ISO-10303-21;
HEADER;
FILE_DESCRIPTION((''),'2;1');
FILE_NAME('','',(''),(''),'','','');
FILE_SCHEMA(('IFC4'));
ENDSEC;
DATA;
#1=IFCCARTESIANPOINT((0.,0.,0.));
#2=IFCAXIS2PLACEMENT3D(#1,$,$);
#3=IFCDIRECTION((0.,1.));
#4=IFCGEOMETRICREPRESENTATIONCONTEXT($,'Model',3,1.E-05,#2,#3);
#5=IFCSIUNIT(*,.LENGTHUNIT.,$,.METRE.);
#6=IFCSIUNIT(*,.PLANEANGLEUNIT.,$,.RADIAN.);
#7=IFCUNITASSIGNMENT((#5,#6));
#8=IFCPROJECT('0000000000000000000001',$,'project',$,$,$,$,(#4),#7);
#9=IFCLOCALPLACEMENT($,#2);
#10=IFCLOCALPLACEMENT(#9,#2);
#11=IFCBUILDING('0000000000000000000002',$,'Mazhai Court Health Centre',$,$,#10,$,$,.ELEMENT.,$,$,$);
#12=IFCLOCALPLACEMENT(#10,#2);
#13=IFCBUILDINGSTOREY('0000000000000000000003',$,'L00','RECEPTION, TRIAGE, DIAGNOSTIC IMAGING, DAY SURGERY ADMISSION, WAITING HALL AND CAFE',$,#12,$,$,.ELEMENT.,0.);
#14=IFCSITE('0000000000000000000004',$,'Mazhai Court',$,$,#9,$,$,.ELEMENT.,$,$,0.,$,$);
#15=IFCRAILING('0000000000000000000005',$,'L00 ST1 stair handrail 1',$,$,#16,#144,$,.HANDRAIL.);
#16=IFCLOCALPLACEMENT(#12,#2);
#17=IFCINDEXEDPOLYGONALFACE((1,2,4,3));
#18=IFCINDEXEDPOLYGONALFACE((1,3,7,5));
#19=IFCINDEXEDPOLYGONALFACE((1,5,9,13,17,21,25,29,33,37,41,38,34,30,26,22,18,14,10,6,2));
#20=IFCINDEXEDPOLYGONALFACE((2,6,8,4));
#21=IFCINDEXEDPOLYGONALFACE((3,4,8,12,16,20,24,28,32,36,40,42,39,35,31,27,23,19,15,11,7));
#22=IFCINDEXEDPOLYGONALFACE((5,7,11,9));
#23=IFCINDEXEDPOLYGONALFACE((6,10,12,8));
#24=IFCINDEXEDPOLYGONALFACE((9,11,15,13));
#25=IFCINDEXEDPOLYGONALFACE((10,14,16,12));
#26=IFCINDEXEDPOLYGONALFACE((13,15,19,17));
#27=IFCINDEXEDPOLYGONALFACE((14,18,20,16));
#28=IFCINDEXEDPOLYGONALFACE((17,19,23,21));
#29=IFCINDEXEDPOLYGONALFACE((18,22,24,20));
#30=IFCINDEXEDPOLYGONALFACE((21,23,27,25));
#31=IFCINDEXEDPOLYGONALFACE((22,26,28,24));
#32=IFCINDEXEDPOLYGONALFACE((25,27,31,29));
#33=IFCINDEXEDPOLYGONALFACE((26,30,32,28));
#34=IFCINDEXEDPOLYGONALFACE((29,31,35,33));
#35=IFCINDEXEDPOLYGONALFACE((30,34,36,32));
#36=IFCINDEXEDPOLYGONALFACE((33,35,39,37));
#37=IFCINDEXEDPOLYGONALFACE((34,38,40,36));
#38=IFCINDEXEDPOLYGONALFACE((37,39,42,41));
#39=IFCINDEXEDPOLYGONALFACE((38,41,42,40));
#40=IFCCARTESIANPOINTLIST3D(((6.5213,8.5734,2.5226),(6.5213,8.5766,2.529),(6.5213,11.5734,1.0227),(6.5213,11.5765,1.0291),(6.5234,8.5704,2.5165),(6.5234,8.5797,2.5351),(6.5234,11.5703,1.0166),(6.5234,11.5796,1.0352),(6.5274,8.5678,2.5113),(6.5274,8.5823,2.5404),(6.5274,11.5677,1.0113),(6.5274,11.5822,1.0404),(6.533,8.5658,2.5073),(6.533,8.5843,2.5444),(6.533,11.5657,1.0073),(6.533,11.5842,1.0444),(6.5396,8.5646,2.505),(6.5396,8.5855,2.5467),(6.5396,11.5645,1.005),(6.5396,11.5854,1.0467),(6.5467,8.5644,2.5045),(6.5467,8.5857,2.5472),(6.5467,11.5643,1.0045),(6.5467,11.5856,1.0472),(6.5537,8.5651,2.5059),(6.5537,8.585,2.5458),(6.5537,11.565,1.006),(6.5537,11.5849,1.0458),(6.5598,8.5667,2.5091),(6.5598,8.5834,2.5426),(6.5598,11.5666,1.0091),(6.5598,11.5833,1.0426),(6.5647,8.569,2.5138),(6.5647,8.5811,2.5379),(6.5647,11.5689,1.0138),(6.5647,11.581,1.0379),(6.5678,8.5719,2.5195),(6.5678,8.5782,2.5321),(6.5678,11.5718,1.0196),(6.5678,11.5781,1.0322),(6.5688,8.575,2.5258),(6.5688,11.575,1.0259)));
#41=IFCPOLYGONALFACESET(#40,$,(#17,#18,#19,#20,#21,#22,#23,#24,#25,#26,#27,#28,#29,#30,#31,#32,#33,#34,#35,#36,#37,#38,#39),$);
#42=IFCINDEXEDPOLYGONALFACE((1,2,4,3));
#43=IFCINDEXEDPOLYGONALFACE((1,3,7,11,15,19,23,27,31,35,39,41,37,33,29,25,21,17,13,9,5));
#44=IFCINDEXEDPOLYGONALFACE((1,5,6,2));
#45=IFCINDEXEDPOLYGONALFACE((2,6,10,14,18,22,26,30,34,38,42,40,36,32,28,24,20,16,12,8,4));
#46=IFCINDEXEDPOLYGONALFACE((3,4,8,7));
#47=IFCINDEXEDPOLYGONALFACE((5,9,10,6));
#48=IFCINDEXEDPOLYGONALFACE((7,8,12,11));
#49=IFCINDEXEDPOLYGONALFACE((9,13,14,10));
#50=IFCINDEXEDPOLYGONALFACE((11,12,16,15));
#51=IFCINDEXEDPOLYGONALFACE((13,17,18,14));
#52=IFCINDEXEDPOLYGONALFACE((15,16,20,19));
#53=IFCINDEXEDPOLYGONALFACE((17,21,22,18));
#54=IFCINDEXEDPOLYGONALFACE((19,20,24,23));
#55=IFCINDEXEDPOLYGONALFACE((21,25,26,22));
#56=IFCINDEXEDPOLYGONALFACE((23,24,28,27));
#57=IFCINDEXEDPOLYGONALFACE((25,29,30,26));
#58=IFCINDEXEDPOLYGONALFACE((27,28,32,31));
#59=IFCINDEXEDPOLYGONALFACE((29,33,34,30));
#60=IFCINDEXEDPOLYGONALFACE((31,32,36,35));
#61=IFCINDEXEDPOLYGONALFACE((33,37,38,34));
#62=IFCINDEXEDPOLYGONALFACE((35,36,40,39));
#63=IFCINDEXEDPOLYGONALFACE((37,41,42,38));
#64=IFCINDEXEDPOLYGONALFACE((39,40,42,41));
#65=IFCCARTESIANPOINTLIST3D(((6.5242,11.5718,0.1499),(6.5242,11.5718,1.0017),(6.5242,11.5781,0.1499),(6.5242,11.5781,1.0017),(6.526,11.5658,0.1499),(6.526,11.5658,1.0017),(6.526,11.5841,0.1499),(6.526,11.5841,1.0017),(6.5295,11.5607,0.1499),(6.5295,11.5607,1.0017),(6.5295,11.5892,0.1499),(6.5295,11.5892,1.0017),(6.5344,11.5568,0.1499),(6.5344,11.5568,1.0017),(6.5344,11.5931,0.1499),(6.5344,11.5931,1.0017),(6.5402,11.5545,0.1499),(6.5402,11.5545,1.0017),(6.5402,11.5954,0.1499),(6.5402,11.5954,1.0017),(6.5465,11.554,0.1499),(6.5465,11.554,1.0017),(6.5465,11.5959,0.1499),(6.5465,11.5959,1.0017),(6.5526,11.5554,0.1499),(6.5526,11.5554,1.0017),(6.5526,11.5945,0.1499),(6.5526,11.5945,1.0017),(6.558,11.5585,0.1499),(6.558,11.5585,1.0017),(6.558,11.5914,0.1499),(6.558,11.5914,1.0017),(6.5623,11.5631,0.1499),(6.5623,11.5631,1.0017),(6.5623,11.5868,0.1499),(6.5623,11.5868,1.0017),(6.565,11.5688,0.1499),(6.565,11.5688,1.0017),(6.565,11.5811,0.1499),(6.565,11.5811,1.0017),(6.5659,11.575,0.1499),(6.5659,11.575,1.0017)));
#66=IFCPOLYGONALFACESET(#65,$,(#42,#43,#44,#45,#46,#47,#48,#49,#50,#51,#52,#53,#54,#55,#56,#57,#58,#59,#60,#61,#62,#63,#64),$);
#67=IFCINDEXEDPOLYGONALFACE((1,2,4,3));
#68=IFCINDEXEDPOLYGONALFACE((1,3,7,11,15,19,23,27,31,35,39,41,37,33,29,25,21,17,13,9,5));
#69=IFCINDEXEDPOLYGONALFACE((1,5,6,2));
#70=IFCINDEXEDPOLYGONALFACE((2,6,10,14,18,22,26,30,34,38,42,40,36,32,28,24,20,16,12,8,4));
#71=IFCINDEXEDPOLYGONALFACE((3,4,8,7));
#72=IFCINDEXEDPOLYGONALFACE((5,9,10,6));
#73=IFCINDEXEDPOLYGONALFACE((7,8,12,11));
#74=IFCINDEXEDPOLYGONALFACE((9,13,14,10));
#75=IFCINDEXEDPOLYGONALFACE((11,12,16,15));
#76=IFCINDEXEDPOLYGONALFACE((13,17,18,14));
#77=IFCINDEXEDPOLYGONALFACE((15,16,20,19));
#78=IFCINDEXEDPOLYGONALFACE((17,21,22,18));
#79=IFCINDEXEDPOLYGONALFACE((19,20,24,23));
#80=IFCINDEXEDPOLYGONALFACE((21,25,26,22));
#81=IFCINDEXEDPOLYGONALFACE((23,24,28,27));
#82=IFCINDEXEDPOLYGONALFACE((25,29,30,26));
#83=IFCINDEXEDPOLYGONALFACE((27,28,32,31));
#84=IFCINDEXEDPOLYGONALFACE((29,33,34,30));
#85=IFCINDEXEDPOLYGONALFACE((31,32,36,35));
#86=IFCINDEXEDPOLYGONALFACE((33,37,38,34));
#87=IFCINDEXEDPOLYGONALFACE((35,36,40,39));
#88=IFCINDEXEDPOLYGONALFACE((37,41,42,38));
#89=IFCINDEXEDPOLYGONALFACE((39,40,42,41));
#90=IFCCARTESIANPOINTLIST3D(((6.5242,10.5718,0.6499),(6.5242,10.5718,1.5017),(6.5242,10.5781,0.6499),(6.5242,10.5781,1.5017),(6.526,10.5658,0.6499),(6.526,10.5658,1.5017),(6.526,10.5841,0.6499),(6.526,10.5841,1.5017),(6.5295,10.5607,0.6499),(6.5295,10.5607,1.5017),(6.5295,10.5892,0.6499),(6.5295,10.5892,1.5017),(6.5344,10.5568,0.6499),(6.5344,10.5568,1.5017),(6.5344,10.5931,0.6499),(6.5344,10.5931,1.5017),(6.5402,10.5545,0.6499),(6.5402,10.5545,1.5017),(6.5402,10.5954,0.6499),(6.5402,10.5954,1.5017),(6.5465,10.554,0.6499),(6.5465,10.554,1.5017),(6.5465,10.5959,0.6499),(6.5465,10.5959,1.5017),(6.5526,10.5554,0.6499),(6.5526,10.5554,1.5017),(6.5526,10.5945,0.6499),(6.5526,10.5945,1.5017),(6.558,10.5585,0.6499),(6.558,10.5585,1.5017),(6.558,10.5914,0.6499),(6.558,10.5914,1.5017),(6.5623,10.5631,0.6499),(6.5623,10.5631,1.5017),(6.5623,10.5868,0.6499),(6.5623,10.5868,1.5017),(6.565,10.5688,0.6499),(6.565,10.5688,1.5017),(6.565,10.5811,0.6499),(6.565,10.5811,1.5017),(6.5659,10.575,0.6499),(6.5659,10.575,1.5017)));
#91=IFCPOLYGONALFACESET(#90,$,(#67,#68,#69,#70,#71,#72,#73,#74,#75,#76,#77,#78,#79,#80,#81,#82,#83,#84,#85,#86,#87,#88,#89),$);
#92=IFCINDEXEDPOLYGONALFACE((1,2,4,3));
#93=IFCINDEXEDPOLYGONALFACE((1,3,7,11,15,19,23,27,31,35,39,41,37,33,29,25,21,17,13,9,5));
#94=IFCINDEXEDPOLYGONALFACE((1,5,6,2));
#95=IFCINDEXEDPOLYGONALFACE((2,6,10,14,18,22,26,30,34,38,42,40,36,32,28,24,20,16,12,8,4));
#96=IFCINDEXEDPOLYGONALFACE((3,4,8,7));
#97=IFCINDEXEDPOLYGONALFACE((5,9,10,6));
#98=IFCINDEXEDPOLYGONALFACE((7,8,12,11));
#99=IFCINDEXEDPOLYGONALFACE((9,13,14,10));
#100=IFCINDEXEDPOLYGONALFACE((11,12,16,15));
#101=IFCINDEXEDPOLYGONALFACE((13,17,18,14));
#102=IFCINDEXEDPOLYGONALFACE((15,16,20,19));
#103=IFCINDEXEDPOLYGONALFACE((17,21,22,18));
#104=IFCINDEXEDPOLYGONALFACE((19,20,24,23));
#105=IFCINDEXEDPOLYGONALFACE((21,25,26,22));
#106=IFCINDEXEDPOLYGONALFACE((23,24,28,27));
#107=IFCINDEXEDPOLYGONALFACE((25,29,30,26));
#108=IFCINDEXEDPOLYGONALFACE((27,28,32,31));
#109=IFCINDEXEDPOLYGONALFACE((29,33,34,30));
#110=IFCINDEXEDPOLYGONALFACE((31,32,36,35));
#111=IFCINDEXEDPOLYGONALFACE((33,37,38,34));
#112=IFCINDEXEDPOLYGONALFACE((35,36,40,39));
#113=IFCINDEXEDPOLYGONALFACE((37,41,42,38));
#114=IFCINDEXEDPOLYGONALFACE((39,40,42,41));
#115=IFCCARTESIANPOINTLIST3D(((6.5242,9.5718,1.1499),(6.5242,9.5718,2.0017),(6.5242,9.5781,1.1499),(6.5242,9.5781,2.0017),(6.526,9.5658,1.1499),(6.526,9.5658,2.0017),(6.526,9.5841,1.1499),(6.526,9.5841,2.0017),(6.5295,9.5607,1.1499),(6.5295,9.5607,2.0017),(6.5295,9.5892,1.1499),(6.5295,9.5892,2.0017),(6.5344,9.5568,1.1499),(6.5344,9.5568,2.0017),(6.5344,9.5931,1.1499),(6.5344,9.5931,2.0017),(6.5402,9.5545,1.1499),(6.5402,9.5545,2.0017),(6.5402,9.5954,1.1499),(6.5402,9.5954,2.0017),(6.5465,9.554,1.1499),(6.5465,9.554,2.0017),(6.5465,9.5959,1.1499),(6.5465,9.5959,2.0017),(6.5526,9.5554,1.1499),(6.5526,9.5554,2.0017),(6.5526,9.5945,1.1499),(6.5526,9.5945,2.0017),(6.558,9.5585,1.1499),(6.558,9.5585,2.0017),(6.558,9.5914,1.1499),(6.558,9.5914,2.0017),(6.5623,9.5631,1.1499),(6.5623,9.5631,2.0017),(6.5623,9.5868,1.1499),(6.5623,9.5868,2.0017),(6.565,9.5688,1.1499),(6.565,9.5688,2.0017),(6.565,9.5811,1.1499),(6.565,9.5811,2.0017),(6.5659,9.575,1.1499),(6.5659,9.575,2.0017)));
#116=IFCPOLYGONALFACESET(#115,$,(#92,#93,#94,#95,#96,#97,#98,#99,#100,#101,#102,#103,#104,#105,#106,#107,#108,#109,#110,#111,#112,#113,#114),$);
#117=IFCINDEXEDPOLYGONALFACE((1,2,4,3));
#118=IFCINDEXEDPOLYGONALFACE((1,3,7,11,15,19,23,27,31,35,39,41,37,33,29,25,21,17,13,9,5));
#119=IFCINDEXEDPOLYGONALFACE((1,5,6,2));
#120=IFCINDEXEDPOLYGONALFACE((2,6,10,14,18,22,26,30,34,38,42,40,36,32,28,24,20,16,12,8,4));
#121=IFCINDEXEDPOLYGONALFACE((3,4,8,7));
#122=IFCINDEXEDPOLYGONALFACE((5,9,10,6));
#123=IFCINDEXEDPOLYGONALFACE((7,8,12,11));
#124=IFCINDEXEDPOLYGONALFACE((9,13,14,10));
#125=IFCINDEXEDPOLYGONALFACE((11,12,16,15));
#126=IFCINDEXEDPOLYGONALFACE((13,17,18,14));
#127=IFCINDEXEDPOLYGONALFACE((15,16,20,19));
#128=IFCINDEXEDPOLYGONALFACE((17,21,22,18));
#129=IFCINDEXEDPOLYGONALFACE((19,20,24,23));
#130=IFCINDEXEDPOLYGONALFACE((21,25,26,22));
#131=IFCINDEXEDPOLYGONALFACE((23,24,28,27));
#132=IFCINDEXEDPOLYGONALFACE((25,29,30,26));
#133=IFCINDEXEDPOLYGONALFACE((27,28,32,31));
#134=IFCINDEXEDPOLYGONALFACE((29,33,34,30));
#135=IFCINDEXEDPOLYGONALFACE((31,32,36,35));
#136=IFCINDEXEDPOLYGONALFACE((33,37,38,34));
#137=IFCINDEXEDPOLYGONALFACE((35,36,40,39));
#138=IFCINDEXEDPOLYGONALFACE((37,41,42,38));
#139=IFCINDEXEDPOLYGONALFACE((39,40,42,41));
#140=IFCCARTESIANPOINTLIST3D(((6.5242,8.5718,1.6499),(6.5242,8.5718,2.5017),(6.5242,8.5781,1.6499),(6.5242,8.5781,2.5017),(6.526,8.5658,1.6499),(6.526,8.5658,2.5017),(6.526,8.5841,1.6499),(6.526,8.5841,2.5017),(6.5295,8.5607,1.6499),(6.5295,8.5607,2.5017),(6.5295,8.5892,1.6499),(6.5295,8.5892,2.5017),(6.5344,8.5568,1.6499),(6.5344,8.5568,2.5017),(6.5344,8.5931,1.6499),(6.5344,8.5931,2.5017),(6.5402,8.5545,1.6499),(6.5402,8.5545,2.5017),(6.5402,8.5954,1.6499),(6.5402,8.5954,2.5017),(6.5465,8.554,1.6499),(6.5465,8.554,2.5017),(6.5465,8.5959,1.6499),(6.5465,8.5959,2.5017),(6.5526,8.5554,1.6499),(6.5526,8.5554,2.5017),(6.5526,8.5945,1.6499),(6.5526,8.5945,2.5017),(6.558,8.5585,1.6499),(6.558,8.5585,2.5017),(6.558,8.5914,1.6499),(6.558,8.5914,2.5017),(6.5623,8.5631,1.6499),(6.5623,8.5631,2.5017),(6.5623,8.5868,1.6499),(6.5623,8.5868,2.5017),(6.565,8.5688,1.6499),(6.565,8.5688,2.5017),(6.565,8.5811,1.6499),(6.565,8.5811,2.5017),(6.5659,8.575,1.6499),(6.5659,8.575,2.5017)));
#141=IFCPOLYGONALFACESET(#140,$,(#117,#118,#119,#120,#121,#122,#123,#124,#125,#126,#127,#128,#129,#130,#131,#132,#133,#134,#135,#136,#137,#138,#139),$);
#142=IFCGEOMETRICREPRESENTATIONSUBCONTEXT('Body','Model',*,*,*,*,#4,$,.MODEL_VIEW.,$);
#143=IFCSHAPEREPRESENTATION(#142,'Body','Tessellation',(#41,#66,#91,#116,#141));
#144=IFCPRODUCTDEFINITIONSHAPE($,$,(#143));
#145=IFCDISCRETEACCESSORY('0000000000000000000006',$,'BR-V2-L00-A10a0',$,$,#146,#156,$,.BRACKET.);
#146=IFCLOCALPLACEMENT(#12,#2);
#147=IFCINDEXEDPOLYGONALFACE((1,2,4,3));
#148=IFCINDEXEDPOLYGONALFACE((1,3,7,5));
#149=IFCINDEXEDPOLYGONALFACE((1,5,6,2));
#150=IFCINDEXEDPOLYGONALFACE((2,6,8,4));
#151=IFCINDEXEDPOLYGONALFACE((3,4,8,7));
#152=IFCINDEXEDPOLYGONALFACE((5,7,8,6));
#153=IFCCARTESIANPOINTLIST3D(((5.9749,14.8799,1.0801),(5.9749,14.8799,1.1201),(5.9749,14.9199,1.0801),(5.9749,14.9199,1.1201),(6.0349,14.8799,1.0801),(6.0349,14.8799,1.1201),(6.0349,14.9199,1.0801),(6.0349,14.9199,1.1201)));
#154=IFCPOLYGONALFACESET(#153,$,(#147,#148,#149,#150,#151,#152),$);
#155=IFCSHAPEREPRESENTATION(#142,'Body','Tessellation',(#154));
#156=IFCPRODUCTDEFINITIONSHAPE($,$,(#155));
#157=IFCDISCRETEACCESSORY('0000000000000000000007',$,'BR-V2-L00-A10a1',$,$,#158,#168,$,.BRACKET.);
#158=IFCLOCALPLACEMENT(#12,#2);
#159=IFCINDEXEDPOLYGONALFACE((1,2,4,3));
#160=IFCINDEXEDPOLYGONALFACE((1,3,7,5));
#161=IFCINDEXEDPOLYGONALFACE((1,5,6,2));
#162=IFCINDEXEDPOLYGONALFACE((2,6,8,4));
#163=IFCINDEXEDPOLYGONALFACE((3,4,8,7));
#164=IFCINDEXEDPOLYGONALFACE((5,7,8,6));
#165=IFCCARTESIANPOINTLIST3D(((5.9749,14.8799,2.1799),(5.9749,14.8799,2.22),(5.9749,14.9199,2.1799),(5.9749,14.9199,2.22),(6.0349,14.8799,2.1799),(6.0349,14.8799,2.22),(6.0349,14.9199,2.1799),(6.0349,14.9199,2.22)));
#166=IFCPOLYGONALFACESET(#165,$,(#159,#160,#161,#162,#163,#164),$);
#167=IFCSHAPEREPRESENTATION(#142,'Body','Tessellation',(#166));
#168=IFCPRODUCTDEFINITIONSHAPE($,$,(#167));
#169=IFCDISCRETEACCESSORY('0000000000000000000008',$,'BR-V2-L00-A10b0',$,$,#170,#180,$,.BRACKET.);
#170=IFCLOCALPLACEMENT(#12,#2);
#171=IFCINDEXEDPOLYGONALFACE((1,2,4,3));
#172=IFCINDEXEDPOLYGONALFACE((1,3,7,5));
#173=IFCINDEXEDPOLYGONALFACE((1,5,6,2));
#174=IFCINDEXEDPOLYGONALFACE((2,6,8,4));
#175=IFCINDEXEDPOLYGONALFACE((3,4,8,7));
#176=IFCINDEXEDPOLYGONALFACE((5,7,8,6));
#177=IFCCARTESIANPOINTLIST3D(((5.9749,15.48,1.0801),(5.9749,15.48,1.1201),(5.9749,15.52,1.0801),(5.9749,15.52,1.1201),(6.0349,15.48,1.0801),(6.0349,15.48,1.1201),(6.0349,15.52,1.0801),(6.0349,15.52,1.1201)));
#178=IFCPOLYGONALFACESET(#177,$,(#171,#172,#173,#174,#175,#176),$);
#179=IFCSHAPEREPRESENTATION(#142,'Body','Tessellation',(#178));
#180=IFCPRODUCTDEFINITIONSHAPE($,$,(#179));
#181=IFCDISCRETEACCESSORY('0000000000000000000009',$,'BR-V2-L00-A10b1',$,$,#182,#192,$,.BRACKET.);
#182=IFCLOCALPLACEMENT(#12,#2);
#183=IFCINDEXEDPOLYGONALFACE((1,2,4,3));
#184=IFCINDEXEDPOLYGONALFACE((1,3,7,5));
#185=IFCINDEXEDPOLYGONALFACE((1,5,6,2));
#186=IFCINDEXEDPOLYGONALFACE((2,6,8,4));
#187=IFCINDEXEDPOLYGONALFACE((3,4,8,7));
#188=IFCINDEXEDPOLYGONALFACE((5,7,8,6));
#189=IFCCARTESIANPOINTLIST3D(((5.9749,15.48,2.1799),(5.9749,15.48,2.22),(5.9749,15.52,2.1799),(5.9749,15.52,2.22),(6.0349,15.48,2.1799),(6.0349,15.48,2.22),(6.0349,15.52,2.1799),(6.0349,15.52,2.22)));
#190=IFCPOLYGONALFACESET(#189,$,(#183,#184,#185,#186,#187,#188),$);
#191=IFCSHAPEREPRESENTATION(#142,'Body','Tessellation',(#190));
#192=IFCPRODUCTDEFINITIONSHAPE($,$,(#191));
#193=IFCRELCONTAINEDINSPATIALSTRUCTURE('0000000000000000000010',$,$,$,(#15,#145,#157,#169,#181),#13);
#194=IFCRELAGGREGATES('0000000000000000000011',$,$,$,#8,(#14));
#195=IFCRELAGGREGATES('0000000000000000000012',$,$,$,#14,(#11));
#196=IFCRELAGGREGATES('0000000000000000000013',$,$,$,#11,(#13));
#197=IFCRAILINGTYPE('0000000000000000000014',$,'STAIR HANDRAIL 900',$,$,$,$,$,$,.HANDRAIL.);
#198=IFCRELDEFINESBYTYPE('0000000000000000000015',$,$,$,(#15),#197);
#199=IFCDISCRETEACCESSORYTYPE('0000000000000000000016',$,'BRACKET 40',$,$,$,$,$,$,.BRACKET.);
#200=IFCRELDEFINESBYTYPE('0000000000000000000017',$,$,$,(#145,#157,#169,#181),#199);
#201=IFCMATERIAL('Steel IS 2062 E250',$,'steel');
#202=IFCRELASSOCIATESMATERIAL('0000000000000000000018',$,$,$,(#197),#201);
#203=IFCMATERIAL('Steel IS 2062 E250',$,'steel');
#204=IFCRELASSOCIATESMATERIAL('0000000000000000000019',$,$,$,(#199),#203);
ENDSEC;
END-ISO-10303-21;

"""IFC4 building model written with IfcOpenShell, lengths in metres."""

from ifc_helpers import new_model, si_unit, direction, frame, origin, origin_2d, place, context, subcontext, project, spatial, rectangle, circle, extrude, material, type_object, element, save


model = new_model("IFC4")

# Units and contexts
model_context = context("Model", 3, precision=1e-05, world=origin(), true_north=direction((0.0, 1.0)))
body_context = subcontext(model_context, "Body", "Model", "MODEL_VIEW")
ifc_project = project(units=[si_unit("LENGTHUNIT", "METRE"), si_unit("PLANEANGLEUNIT", "RADIAN")], contexts=[model_context])

# Site, building, storey
site_placement = place(None, origin())
site = spatial("IfcSite", under=ifc_project, at=site_placement, Name="Mazhai Court", CompositionType="ELEMENT", RefElevation=0.0)
building_placement = place(site_placement, origin())
building = spatial("IfcBuilding", under=site, at=building_placement, Name="Mazhai Court Health Centre", CompositionType="ELEMENT")
storey_placement = place(building_placement, origin())
storey = spatial("IfcBuildingStorey", under=building, at=storey_placement, Name="L00", Description="RECEPTION, TRIAGE, DIAGNOSTIC IMAGING, DAY SURGERY ADMISSION, WAITING HALL AND CAFE", CompositionType="ELEMENT", Elevation=0.0)

# Railing
ifc_material_1 = material(Name="Steel IS 2062 E250", Category="steel")
railing_type_1 = type_object("IfcRailingType", Name="STAIR HANDRAIL 900", PredefinedType="HANDRAIL", material=ifc_material_1)
railing_1_placement = place(storey_placement, frame((6.5449, 11.575, 0.1499)))
element("IfcRailing", 1, at=railing_1_placement, inside=storey, type_object=railing_type_1, Name="L00 ST1 stair handrail 1", PredefinedType="HANDRAIL", context=body_context, shape_type="SweptSolid", body=[
    extrude(circle(Radius=0.0239, at=origin_2d()), frame((0.0, 0.0, 0.876), z_axis=(0.0, -0.894427, 0.447214), x_axis=(1.0, 0.0, 0.0)), (0.0, 0.0, 1.0), 3.354),
    extrude(circle(Radius=0.021, at=origin_2d()), origin(), (0.0, 0.0, 1.0), 0.8518),
    extrude(circle(Radius=0.021, at=origin_2d()), frame((0.0, -1.0, 0.5)), (0.0, 0.0, 1.0), 0.8518),
    extrude(circle(Radius=0.021, at=origin_2d()), frame((0.0, -2.0, 1.0)), (0.0, 0.0, 1.0), 0.8518),
    extrude(circle(Radius=0.021, at=origin_2d()), frame((0.0, -3.0, 1.5)), (0.0, 0.0, 1.0), 0.8518),
])

# Discrete accessories
ifc_material_2 = material(Name="Steel IS 2062 E250", Category="steel")
discrete_accessory_type = type_object("IfcDiscreteAccessoryType", Name="BRACKET 40", PredefinedType="BRACKET", material=ifc_material_2)
for number, where, z_axis, x_axis, name in (
    (2, (6.0049, 14.8999, 1.0801), (0.0, 0.0, 1.0), (0.0, 1.0, 0.0), "BR-V2-L00-A10a0"),
    (3, (6.0049, 14.8999, 2.1799), (0.0, 0.0, 1.0), (0.0, 1.0, 0.0), "BR-V2-L00-A10a1"),
    (4, (6.0049, 15.5, 1.0801), (0.0, 0.0, 1.0), (0.0, 1.0, 0.0), "BR-V2-L00-A10b0"),
    (5, (6.0049, 15.5, 2.1799), (0.0, 0.0, 1.0), (0.0, 1.0, 0.0), "BR-V2-L00-A10b1"),
):
    element("IfcDiscreteAccessory", number, at=place(storey_placement, frame(where, z_axis=z_axis, x_axis=x_axis)), inside=storey, type_object=discrete_accessory_type, Name=name, PredefinedType="BRACKET", context=body_context, shape_type="SweptSolid", body=[
        extrude(rectangle(XDim=0.04, YDim=0.0601, at=origin_2d()), origin(), (0.0, 0.0, 1.0), 0.04),
    ])

save(model, "model.ifc")
